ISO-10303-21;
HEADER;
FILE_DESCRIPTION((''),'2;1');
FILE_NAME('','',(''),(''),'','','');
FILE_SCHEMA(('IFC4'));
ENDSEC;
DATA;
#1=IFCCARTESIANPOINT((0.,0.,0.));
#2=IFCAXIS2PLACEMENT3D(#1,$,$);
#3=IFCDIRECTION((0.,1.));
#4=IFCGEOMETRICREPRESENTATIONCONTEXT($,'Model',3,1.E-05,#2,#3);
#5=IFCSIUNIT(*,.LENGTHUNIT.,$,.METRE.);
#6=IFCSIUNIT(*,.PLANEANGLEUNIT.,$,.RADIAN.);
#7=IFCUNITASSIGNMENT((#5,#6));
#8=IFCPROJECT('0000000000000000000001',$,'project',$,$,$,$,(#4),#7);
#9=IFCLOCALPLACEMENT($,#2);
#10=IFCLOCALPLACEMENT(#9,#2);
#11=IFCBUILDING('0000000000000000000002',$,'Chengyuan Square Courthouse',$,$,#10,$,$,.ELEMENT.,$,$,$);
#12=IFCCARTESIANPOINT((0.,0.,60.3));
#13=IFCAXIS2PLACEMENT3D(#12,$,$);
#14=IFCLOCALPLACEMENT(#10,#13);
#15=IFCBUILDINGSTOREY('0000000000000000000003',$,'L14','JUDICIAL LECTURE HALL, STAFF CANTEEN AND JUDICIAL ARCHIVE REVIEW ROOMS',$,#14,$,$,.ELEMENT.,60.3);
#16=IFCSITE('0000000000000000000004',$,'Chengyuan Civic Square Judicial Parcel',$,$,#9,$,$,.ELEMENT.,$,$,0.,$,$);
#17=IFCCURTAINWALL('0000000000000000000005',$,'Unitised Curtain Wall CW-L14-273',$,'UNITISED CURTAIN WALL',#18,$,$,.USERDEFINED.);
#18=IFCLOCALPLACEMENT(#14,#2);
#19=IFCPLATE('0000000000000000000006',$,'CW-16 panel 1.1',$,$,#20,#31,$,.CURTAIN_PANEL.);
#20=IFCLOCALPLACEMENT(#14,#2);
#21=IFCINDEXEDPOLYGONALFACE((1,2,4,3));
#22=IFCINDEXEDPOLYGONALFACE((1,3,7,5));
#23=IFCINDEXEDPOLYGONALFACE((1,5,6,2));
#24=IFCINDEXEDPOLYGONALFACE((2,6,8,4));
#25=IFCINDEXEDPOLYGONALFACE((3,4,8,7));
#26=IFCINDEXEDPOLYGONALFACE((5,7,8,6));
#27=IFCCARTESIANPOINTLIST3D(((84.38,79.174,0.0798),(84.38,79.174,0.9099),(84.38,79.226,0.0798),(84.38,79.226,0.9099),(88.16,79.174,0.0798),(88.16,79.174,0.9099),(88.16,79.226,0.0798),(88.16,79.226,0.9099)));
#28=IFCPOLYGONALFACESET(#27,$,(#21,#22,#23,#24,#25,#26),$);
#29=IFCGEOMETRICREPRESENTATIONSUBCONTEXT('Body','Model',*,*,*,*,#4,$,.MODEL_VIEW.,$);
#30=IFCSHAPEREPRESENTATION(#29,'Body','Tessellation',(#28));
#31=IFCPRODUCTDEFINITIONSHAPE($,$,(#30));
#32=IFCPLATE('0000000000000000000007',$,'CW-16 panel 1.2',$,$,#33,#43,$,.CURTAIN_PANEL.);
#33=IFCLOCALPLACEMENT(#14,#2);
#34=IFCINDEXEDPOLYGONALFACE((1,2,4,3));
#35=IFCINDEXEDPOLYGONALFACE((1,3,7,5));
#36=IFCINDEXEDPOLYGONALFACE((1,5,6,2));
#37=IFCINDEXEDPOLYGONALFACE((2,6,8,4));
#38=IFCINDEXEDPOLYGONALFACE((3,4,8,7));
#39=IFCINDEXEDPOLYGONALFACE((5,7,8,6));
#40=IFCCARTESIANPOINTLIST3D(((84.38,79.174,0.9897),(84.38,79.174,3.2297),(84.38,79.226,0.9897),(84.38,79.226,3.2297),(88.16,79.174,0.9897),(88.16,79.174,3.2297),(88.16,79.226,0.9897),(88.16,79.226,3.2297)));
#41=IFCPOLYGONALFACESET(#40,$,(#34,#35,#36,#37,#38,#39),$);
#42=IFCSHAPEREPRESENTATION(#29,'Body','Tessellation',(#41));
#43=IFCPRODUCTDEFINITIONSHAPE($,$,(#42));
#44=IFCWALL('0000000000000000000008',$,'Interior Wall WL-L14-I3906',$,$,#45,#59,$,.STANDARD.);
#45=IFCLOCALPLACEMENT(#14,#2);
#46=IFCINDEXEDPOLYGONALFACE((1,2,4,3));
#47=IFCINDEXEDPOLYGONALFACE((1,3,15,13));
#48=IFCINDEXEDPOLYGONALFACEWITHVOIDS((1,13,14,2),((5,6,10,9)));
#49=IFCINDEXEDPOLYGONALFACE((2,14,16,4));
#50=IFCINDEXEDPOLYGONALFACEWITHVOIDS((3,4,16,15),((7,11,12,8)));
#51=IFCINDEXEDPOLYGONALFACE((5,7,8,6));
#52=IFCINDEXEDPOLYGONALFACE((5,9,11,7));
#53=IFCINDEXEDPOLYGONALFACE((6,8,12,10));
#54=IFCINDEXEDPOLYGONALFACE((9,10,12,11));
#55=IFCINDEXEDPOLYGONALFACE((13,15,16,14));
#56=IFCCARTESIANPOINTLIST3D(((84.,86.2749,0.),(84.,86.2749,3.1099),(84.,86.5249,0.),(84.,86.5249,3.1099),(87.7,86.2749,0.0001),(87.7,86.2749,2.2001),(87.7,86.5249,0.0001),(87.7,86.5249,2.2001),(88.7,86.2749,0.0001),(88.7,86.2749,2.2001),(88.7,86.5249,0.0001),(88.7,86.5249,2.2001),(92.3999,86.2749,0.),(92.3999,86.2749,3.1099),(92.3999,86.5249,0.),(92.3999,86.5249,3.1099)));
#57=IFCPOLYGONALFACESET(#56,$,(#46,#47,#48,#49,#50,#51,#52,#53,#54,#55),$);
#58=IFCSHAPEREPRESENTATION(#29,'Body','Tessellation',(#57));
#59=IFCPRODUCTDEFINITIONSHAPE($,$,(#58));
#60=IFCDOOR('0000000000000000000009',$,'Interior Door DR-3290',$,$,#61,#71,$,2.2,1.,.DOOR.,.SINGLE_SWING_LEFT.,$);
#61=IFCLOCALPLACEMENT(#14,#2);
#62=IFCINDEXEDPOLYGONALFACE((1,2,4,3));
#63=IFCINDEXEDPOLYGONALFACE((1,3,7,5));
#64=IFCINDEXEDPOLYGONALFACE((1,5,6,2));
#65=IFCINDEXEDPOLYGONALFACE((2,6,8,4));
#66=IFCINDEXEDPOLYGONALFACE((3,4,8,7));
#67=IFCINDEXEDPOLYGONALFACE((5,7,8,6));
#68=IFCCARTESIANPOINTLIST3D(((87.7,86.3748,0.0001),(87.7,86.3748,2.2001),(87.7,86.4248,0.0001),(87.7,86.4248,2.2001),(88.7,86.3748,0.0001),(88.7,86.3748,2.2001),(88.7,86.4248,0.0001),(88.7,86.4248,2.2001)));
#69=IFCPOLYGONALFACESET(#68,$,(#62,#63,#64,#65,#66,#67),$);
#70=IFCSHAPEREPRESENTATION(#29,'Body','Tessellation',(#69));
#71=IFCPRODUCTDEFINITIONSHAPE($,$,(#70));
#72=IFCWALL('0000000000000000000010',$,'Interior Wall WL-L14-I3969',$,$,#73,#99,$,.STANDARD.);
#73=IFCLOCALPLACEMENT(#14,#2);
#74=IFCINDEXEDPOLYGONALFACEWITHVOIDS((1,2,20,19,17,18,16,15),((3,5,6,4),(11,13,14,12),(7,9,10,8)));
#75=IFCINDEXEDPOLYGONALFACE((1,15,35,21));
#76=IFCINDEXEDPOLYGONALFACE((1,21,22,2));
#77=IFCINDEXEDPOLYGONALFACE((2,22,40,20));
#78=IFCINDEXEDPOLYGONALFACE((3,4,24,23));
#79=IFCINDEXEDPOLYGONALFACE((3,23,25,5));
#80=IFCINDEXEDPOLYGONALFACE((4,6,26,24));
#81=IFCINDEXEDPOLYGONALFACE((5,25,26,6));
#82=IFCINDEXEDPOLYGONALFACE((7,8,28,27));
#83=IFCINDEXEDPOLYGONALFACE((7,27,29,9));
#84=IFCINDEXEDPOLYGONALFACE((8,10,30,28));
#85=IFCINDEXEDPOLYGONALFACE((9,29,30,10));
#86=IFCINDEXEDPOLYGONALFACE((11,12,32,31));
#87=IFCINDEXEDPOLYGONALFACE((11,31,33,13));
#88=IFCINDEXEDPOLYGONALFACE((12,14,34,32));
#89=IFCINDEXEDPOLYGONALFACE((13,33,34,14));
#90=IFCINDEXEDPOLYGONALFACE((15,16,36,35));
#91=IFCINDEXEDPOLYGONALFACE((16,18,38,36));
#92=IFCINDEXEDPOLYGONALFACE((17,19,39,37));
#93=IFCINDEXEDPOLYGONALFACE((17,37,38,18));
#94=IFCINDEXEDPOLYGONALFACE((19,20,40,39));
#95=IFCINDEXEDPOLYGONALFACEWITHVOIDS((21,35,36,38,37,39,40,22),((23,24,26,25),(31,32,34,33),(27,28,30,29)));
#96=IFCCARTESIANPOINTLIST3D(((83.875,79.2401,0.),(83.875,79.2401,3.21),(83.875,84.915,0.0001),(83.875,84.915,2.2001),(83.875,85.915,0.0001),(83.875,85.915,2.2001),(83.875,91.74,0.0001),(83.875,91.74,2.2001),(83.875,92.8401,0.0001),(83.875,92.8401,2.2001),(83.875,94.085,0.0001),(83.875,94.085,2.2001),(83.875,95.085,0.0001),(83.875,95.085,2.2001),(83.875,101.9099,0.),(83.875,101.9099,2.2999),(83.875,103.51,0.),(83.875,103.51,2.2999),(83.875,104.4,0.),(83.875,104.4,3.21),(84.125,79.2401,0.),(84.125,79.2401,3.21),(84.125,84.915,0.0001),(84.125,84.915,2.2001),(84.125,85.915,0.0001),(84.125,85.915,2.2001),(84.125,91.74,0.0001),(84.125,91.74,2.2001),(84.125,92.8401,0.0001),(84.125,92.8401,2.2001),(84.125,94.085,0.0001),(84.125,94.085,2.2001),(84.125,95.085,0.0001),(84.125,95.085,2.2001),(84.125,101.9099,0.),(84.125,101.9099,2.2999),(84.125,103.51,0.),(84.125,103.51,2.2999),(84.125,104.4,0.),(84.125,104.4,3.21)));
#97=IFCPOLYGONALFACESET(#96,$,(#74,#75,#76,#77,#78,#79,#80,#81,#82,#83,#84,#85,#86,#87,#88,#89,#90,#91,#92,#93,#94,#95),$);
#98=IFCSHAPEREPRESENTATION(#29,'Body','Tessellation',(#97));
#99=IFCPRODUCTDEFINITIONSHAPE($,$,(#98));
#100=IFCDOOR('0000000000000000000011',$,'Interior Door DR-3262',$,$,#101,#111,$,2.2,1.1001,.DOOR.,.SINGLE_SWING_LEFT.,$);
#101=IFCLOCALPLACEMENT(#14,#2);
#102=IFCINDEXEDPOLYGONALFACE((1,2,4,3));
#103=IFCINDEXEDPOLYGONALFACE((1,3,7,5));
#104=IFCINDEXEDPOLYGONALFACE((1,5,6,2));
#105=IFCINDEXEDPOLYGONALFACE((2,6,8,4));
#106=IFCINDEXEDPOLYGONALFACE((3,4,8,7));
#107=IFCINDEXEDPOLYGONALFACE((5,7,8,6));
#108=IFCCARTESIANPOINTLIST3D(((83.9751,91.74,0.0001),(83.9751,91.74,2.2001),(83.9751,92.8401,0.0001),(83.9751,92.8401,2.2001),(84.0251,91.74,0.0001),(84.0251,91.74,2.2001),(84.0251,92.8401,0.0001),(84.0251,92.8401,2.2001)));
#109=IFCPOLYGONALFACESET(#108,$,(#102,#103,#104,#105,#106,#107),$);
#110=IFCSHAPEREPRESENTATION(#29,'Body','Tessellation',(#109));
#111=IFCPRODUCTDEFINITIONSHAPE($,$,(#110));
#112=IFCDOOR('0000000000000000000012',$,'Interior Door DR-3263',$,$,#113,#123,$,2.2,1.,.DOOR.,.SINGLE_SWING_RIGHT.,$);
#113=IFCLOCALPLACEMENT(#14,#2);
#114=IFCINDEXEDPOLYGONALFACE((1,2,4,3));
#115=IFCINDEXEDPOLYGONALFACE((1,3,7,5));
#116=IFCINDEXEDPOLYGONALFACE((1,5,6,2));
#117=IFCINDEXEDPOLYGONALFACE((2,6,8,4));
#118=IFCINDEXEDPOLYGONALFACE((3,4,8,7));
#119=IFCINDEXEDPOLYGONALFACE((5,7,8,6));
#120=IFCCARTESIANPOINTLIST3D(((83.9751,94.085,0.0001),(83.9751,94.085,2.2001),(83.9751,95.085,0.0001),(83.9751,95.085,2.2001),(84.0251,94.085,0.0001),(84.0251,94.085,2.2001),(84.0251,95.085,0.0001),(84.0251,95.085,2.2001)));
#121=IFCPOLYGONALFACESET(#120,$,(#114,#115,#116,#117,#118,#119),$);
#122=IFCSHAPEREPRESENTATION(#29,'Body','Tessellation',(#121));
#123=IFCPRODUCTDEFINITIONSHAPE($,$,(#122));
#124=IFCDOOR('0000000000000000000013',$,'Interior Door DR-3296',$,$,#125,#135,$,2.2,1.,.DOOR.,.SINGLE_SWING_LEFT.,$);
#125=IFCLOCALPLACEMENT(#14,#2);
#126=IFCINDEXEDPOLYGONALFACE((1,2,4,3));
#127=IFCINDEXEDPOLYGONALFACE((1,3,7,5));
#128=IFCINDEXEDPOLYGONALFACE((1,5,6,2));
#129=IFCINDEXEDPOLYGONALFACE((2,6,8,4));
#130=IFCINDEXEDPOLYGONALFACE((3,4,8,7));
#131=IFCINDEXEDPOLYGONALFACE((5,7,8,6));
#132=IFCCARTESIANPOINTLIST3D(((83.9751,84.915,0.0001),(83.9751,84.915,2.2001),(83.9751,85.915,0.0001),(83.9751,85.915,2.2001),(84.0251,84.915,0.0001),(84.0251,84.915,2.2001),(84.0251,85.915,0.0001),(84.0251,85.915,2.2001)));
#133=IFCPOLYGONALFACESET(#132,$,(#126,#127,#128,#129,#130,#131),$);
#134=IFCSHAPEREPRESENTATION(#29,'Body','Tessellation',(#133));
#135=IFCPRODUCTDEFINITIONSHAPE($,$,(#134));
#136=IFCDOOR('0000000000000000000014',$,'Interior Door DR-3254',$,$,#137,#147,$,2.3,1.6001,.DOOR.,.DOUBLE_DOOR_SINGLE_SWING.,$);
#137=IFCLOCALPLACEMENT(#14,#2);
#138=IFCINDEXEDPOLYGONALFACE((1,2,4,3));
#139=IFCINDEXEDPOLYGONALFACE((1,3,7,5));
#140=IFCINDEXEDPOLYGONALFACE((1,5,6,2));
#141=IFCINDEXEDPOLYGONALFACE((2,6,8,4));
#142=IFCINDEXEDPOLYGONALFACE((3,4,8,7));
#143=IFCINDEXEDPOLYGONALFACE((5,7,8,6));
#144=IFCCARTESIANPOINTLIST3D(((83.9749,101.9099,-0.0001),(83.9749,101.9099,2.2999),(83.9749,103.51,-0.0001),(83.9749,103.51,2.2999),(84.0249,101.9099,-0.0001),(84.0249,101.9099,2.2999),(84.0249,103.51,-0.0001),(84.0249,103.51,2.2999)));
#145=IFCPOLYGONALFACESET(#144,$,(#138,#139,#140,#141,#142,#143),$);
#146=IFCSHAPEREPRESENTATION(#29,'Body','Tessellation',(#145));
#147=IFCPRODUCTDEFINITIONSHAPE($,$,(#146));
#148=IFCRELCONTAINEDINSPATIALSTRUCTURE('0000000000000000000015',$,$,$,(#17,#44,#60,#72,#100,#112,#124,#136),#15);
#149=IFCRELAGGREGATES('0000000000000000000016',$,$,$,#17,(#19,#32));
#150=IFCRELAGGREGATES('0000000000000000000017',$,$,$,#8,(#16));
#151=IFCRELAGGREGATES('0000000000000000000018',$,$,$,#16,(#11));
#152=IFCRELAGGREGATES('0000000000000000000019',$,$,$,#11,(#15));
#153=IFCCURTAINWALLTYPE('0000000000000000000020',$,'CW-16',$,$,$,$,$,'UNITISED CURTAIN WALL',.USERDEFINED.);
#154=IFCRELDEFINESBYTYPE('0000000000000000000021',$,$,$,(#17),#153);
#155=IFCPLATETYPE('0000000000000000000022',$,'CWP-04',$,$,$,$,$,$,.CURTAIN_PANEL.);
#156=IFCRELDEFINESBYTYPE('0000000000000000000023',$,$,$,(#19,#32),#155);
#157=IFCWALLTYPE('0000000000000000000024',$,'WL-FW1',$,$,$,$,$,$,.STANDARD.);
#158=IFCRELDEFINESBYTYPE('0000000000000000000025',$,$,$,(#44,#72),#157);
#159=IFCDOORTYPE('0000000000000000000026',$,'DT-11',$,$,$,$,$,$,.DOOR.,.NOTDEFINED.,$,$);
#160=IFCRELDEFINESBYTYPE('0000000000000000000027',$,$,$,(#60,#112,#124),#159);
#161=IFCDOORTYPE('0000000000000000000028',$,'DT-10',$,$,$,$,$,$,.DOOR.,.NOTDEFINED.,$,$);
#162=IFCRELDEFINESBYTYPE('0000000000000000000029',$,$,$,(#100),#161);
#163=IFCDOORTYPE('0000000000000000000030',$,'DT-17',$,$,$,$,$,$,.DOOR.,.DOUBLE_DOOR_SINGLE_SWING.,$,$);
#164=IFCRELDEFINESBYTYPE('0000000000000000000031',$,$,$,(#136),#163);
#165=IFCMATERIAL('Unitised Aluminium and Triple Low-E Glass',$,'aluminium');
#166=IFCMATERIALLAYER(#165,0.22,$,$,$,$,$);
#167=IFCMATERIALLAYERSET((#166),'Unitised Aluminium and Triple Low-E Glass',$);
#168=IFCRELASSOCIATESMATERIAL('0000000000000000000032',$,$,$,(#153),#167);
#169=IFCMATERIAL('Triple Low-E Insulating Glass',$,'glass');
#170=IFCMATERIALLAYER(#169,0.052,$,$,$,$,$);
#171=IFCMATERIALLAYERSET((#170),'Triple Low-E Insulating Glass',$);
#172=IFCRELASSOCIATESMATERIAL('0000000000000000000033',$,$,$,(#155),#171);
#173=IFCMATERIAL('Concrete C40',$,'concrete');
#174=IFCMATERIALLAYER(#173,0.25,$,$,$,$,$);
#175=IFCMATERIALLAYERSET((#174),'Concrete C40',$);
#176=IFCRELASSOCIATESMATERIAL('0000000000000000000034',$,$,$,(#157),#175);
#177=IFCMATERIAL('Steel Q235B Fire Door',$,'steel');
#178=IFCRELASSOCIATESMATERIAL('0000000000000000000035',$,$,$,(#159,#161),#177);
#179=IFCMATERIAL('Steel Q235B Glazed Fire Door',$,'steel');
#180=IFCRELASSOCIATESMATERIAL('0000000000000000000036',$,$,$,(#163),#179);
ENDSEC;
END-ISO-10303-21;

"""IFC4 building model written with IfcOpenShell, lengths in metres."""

from ifc_helpers import new_model, si_unit, direction, frame, frame_2d, origin, origin_2d, place, context, subcontext, project, spatial, rectangle, extrude, material, layer, layer_set, type_object, element, fill, aggregate, save


model = new_model("IFC4")

# Units and contexts
model_context = context("Model", 3, precision=1e-05, world=origin(), true_north=direction((0.0, 1.0)))
body_context = subcontext(model_context, "Body", "Model", "MODEL_VIEW")
ifc_project = project(units=[si_unit("LENGTHUNIT", "METRE"), si_unit("PLANEANGLEUNIT", "RADIAN")], contexts=[model_context])

# Site, building, storey
site_placement = place(None, origin())
site = spatial("IfcSite", under=ifc_project, at=site_placement, Name="Chengyuan Civic Square Judicial Parcel", CompositionType="ELEMENT", RefElevation=0.0)
building_placement = place(site_placement, origin())
building = spatial("IfcBuilding", under=site, at=building_placement, Name="Chengyuan Square Courthouse", CompositionType="ELEMENT")
storey_placement = place(building_placement, frame((0.0, 0.0, 60.3)))
storey = spatial("IfcBuildingStorey", under=building, at=storey_placement, Name="L14", Description="JUDICIAL LECTURE HALL, STAFF CANTEEN AND JUDICIAL ARCHIVE REVIEW ROOMS", CompositionType="ELEMENT", Elevation=60.3)

# Shared definitions
ifc_material_1 = material(Name="Concrete C40", Category="concrete")

# Shared definitions
ifc_material_2 = material(Name="Unitised Aluminium and Triple Low-E Glass", Category="aluminium")
ifc_layer_1 = layer(ifc_material_2, 0.22)
ifc_layer_set_1 = layer_set([ifc_layer_1], Name="Unitised Aluminium and Triple Low-E Glass")
curtain_wall_type = type_object("IfcCurtainWallType", Name="CW-16", ElementType="UNITISED CURTAIN WALL", PredefinedType="USERDEFINED", material=ifc_layer_set_1)

# Curtain wall
curtain_wall_1_placement = place(storey_placement, origin())
curtain_wall_1 = element("IfcCurtainWall", 1, at=curtain_wall_1_placement, inside=storey, type_object=curtain_wall_type, Name="Unitised Curtain Wall CW-L14-273", ObjectType="UNITISED CURTAIN WALL", PredefinedType="USERDEFINED")

# Plates
ifc_material_3 = material(Name="Triple Low-E Insulating Glass", Category="glass")
ifc_layer_2 = layer(ifc_material_3, 0.052)
ifc_layer_set_2 = layer_set([ifc_layer_2], Name="Triple Low-E Insulating Glass")
plate_type = type_object("IfcPlateType", Name="CWP-04", PredefinedType="CURTAIN_PANEL", material=ifc_layer_set_2)
plate_1_placement = place(storey_placement, frame((86.27, 79.2, 0.0798), z_axis=(0.0, 0.0, 1.0), x_axis=(1.0, 0.0, 0.0)))
plate_1 = element("IfcPlate", 2, at=plate_1_placement, type_object=plate_type, Name="CW-16 panel 1.1", PredefinedType="CURTAIN_PANEL", context=body_context, shape_type="SweptSolid", body=[
    extrude(rectangle(XDim=3.78, YDim=0.052, at=origin_2d()), origin(), (0.0, 0.0, 1.0), 0.8301),
])
plate_2_placement = place(storey_placement, frame((86.27, 79.2, 0.9897), z_axis=(0.0, 0.0, 1.0), x_axis=(1.0, 0.0, 0.0)))
plate_2 = element("IfcPlate", 3, at=plate_2_placement, type_object=plate_type, Name="CW-16 panel 1.2", PredefinedType="CURTAIN_PANEL", context=body_context, shape_type="SweptSolid", body=[
    extrude(rectangle(XDim=3.78, YDim=0.052, at=origin_2d()), origin(), (0.0, 0.0, 1.0), 2.24),
])
aggregate(curtain_wall_1, [plate_1, plate_2])

# Wall, opening, door
ifc_layer_3 = layer(ifc_material_1, 0.25)
ifc_layer_set_3 = layer_set([ifc_layer_3], Name="Concrete C40")
wall_type_1 = type_object("IfcWallType", Name="WL-FW1", PredefinedType="STANDARD", material=ifc_layer_set_3)
wall_1_placement = place(storey_placement, frame((84.0, 86.3999, 0.0), z_axis=(0.0, 0.0, 1.0), x_axis=(1.0, 0.0, 0.0)))
wall_1 = element("IfcWall", 4, at=wall_1_placement, inside=storey, type_object=wall_type_1, Name="Interior Wall WL-L14-I3906", PredefinedType="STANDARD", context=body_context, shape_type="SweptSolid", body=[
    extrude(rectangle(XDim=8.3999, YDim=0.25, at=frame_2d((4.2, 0.0))), origin(), (0.0, 0.0, 1.0), 3.1099),
])
opening_1_placement = place(wall_1_placement, frame((3.7, 0.0, 0.0)))
opening_1 = element("IfcOpeningElement", 5, at=opening_1_placement, cuts=wall_1, PredefinedType="OPENING", context=body_context, shape_type="SweptSolid", body=[
    extrude(rectangle(XDim=1.0, YDim=2.2, at=frame_2d((0.5, 1.1001))), frame((0.0, 0.137, 0.0), z_axis=(0.0, -1.0, 0.0), x_axis=(1.0, 0.0, 0.0)), (0.0, 0.0, 1.0), 0.2739),
])
ifc_material_4 = material(Name="Steel Q235B Fire Door", Category="steel")
door_type_1 = type_object("IfcDoorType", Name="DT-11", OperationType="NOTDEFINED", PredefinedType="DOOR", material=ifc_material_4)
door_1_placement = place(opening_1_placement, origin())
door_1 = element("IfcDoor", 6, at=door_1_placement, inside=storey, type_object=door_type_1, Name="Interior Door DR-3290", OperationType="SINGLE_SWING_LEFT", OverallHeight=2.2, OverallWidth=1.0, PredefinedType="DOOR", context=body_context, shape_type="SweptSolid", body=[
    extrude(rectangle(XDim=1.0, YDim=2.2, at=frame_2d((0.5, 1.1001))), frame((0.0, 0.0249, 0.0), z_axis=(0.0, -1.0, 0.0), x_axis=(1.0, 0.0, 0.0)), (0.0, 0.0, 1.0), 0.05),
])
fill(opening_1, door_1)

# Wall, openings, doors
wall_2_placement = place(storey_placement, frame((84.0, 79.24, 0.0), z_axis=(0.0, 0.0, 1.0), x_axis=(0.0, 1.0, 0.0)))
wall_2 = element("IfcWall", 7, at=wall_2_placement, inside=storey, type_object=wall_type_1, Name="Interior Wall WL-L14-I3969", PredefinedType="STANDARD", context=body_context, shape_type="SweptSolid", body=[
    extrude(rectangle(XDim=25.1599, YDim=0.25, at=frame_2d((12.5801, 0.0))), origin(), (0.0, 0.0, 1.0), 3.21),
])
opening_2_placement = place(wall_2_placement, frame((22.6699, 0.0, 0.0)))
opening_2 = element("IfcOpeningElement", 8, at=opening_2_placement, cuts=wall_2, PredefinedType="OPENING", context=body_context, shape_type="SweptSolid", body=[
    extrude(rectangle(XDim=1.6001, YDim=2.3, at=frame_2d((0.8, 1.1499))), frame((0.0, 0.137, 0.0), z_axis=(0.0, -1.0, 0.0), x_axis=(1.0, 0.0, 0.0)), (0.0, 0.0, 1.0), 0.2739),
])
opening_3_placement = place(wall_2_placement, frame((12.5, 0.0, 0.0)))
opening_3 = element("IfcOpeningElement", 9, at=opening_3_placement, cuts=wall_2, PredefinedType="OPENING", context=body_context, shape_type="SweptSolid", body=[
    extrude(rectangle(XDim=1.1001, YDim=2.2, at=frame_2d((0.55, 1.1001))), frame((0.0, 0.137, 0.0), z_axis=(0.0, -1.0, 0.0), x_axis=(1.0, 0.0, 0.0)), (0.0, 0.0, 1.0), 0.2739),
])
opening_4_placement = place(wall_2_placement, frame((14.845, 0.0, 0.0)))
opening_4 = element("IfcOpeningElement", 10, at=opening_4_placement, cuts=wall_2, PredefinedType="OPENING", context=body_context, shape_type="SweptSolid", body=[
    extrude(rectangle(XDim=1.0, YDim=2.2, at=frame_2d((0.5, 1.1001))), frame((0.0, 0.137, 0.0), z_axis=(0.0, -1.0, 0.0), x_axis=(1.0, 0.0, 0.0)), (0.0, 0.0, 1.0), 0.2739),
])
opening_5_placement = place(wall_2_placement, frame((5.675, 0.0, 0.0)))
opening_5 = element("IfcOpeningElement", 11, at=opening_5_placement, cuts=wall_2, PredefinedType="OPENING", context=body_context, shape_type="SweptSolid", body=[
    extrude(rectangle(XDim=1.0, YDim=2.2, at=frame_2d((0.5, 1.1001))), frame((0.0, 0.137, 0.0), z_axis=(0.0, -1.0, 0.0), x_axis=(1.0, 0.0, 0.0)), (0.0, 0.0, 1.0), 0.2739),
])
door_type_2 = type_object("IfcDoorType", Name="DT-10", OperationType="NOTDEFINED", PredefinedType="DOOR", material=ifc_material_4)
door_2_placement = place(opening_3_placement, origin())
door_2 = element("IfcDoor", 12, at=door_2_placement, inside=storey, type_object=door_type_2, Name="Interior Door DR-3262", OperationType="SINGLE_SWING_LEFT", OverallHeight=2.2, OverallWidth=1.1001, PredefinedType="DOOR", context=body_context, shape_type="SweptSolid", body=[
    extrude(rectangle(XDim=1.1001, YDim=2.2, at=frame_2d((0.55, 1.1001))), frame((0.0, 0.0249, 0.0), z_axis=(0.0, -1.0, 0.0), x_axis=(1.0, 0.0, 0.0)), (0.0, 0.0, 1.0), 0.05),
])
fill(opening_3, door_2)
door_3_placement = place(opening_4_placement, origin())
door_3 = element("IfcDoor", 13, at=door_3_placement, inside=storey, type_object=door_type_1, Name="Interior Door DR-3263", OperationType="SINGLE_SWING_RIGHT", OverallHeight=2.2, OverallWidth=1.0, PredefinedType="DOOR", context=body_context, shape_type="SweptSolid", body=[
    extrude(rectangle(XDim=1.0, YDim=2.2, at=frame_2d((0.5, 1.1001))), frame((0.0, 0.0249, 0.0), z_axis=(0.0, -1.0, 0.0), x_axis=(1.0, 0.0, 0.0)), (0.0, 0.0, 1.0), 0.05),
])
fill(opening_4, door_3)
door_4_placement = place(opening_5_placement, origin())
door_4 = element("IfcDoor", 14, at=door_4_placement, inside=storey, type_object=door_type_1, Name="Interior Door DR-3296", OperationType="SINGLE_SWING_LEFT", OverallHeight=2.2, OverallWidth=1.0, PredefinedType="DOOR", context=body_context, shape_type="SweptSolid", body=[
    extrude(rectangle(XDim=1.0, YDim=2.2, at=frame_2d((0.5, 1.1001))), frame((0.0, 0.0249, 0.0), z_axis=(0.0, -1.0, 0.0), x_axis=(1.0, 0.0, 0.0)), (0.0, 0.0, 1.0), 0.05),
])
fill(opening_5, door_4)
ifc_material_5 = material(Name="Steel Q235B Glazed Fire Door", Category="steel")
door_type_3 = type_object("IfcDoorType", Name="DT-17", OperationType="DOUBLE_DOOR_SINGLE_SWING", PredefinedType="DOOR", material=ifc_material_5)
door_5_placement = place(opening_2_placement, frame((1.6001, 0.0, 0.0), z_axis=(0.0, 0.0, 1.0), x_axis=(-1.0, 0.0, 0.0)))
door_5 = element("IfcDoor", 15, at=door_5_placement, inside=storey, type_object=door_type_3, Name="Interior Door DR-3254", OperationType="DOUBLE_DOOR_SINGLE_SWING", OverallHeight=2.3, OverallWidth=1.6001, PredefinedType="DOOR", context=body_context, shape_type="SweptSolid", body=[
    extrude(rectangle(XDim=1.6001, YDim=2.3, at=frame_2d((0.8, 1.1499))), frame((0.0, 0.0249, 0.0), z_axis=(0.0, -1.0, 0.0), x_axis=(1.0, 0.0, 0.0)), (0.0, 0.0, 1.0), 0.05),
])
fill(opening_2, door_5)

save(model, "model.ifc")
